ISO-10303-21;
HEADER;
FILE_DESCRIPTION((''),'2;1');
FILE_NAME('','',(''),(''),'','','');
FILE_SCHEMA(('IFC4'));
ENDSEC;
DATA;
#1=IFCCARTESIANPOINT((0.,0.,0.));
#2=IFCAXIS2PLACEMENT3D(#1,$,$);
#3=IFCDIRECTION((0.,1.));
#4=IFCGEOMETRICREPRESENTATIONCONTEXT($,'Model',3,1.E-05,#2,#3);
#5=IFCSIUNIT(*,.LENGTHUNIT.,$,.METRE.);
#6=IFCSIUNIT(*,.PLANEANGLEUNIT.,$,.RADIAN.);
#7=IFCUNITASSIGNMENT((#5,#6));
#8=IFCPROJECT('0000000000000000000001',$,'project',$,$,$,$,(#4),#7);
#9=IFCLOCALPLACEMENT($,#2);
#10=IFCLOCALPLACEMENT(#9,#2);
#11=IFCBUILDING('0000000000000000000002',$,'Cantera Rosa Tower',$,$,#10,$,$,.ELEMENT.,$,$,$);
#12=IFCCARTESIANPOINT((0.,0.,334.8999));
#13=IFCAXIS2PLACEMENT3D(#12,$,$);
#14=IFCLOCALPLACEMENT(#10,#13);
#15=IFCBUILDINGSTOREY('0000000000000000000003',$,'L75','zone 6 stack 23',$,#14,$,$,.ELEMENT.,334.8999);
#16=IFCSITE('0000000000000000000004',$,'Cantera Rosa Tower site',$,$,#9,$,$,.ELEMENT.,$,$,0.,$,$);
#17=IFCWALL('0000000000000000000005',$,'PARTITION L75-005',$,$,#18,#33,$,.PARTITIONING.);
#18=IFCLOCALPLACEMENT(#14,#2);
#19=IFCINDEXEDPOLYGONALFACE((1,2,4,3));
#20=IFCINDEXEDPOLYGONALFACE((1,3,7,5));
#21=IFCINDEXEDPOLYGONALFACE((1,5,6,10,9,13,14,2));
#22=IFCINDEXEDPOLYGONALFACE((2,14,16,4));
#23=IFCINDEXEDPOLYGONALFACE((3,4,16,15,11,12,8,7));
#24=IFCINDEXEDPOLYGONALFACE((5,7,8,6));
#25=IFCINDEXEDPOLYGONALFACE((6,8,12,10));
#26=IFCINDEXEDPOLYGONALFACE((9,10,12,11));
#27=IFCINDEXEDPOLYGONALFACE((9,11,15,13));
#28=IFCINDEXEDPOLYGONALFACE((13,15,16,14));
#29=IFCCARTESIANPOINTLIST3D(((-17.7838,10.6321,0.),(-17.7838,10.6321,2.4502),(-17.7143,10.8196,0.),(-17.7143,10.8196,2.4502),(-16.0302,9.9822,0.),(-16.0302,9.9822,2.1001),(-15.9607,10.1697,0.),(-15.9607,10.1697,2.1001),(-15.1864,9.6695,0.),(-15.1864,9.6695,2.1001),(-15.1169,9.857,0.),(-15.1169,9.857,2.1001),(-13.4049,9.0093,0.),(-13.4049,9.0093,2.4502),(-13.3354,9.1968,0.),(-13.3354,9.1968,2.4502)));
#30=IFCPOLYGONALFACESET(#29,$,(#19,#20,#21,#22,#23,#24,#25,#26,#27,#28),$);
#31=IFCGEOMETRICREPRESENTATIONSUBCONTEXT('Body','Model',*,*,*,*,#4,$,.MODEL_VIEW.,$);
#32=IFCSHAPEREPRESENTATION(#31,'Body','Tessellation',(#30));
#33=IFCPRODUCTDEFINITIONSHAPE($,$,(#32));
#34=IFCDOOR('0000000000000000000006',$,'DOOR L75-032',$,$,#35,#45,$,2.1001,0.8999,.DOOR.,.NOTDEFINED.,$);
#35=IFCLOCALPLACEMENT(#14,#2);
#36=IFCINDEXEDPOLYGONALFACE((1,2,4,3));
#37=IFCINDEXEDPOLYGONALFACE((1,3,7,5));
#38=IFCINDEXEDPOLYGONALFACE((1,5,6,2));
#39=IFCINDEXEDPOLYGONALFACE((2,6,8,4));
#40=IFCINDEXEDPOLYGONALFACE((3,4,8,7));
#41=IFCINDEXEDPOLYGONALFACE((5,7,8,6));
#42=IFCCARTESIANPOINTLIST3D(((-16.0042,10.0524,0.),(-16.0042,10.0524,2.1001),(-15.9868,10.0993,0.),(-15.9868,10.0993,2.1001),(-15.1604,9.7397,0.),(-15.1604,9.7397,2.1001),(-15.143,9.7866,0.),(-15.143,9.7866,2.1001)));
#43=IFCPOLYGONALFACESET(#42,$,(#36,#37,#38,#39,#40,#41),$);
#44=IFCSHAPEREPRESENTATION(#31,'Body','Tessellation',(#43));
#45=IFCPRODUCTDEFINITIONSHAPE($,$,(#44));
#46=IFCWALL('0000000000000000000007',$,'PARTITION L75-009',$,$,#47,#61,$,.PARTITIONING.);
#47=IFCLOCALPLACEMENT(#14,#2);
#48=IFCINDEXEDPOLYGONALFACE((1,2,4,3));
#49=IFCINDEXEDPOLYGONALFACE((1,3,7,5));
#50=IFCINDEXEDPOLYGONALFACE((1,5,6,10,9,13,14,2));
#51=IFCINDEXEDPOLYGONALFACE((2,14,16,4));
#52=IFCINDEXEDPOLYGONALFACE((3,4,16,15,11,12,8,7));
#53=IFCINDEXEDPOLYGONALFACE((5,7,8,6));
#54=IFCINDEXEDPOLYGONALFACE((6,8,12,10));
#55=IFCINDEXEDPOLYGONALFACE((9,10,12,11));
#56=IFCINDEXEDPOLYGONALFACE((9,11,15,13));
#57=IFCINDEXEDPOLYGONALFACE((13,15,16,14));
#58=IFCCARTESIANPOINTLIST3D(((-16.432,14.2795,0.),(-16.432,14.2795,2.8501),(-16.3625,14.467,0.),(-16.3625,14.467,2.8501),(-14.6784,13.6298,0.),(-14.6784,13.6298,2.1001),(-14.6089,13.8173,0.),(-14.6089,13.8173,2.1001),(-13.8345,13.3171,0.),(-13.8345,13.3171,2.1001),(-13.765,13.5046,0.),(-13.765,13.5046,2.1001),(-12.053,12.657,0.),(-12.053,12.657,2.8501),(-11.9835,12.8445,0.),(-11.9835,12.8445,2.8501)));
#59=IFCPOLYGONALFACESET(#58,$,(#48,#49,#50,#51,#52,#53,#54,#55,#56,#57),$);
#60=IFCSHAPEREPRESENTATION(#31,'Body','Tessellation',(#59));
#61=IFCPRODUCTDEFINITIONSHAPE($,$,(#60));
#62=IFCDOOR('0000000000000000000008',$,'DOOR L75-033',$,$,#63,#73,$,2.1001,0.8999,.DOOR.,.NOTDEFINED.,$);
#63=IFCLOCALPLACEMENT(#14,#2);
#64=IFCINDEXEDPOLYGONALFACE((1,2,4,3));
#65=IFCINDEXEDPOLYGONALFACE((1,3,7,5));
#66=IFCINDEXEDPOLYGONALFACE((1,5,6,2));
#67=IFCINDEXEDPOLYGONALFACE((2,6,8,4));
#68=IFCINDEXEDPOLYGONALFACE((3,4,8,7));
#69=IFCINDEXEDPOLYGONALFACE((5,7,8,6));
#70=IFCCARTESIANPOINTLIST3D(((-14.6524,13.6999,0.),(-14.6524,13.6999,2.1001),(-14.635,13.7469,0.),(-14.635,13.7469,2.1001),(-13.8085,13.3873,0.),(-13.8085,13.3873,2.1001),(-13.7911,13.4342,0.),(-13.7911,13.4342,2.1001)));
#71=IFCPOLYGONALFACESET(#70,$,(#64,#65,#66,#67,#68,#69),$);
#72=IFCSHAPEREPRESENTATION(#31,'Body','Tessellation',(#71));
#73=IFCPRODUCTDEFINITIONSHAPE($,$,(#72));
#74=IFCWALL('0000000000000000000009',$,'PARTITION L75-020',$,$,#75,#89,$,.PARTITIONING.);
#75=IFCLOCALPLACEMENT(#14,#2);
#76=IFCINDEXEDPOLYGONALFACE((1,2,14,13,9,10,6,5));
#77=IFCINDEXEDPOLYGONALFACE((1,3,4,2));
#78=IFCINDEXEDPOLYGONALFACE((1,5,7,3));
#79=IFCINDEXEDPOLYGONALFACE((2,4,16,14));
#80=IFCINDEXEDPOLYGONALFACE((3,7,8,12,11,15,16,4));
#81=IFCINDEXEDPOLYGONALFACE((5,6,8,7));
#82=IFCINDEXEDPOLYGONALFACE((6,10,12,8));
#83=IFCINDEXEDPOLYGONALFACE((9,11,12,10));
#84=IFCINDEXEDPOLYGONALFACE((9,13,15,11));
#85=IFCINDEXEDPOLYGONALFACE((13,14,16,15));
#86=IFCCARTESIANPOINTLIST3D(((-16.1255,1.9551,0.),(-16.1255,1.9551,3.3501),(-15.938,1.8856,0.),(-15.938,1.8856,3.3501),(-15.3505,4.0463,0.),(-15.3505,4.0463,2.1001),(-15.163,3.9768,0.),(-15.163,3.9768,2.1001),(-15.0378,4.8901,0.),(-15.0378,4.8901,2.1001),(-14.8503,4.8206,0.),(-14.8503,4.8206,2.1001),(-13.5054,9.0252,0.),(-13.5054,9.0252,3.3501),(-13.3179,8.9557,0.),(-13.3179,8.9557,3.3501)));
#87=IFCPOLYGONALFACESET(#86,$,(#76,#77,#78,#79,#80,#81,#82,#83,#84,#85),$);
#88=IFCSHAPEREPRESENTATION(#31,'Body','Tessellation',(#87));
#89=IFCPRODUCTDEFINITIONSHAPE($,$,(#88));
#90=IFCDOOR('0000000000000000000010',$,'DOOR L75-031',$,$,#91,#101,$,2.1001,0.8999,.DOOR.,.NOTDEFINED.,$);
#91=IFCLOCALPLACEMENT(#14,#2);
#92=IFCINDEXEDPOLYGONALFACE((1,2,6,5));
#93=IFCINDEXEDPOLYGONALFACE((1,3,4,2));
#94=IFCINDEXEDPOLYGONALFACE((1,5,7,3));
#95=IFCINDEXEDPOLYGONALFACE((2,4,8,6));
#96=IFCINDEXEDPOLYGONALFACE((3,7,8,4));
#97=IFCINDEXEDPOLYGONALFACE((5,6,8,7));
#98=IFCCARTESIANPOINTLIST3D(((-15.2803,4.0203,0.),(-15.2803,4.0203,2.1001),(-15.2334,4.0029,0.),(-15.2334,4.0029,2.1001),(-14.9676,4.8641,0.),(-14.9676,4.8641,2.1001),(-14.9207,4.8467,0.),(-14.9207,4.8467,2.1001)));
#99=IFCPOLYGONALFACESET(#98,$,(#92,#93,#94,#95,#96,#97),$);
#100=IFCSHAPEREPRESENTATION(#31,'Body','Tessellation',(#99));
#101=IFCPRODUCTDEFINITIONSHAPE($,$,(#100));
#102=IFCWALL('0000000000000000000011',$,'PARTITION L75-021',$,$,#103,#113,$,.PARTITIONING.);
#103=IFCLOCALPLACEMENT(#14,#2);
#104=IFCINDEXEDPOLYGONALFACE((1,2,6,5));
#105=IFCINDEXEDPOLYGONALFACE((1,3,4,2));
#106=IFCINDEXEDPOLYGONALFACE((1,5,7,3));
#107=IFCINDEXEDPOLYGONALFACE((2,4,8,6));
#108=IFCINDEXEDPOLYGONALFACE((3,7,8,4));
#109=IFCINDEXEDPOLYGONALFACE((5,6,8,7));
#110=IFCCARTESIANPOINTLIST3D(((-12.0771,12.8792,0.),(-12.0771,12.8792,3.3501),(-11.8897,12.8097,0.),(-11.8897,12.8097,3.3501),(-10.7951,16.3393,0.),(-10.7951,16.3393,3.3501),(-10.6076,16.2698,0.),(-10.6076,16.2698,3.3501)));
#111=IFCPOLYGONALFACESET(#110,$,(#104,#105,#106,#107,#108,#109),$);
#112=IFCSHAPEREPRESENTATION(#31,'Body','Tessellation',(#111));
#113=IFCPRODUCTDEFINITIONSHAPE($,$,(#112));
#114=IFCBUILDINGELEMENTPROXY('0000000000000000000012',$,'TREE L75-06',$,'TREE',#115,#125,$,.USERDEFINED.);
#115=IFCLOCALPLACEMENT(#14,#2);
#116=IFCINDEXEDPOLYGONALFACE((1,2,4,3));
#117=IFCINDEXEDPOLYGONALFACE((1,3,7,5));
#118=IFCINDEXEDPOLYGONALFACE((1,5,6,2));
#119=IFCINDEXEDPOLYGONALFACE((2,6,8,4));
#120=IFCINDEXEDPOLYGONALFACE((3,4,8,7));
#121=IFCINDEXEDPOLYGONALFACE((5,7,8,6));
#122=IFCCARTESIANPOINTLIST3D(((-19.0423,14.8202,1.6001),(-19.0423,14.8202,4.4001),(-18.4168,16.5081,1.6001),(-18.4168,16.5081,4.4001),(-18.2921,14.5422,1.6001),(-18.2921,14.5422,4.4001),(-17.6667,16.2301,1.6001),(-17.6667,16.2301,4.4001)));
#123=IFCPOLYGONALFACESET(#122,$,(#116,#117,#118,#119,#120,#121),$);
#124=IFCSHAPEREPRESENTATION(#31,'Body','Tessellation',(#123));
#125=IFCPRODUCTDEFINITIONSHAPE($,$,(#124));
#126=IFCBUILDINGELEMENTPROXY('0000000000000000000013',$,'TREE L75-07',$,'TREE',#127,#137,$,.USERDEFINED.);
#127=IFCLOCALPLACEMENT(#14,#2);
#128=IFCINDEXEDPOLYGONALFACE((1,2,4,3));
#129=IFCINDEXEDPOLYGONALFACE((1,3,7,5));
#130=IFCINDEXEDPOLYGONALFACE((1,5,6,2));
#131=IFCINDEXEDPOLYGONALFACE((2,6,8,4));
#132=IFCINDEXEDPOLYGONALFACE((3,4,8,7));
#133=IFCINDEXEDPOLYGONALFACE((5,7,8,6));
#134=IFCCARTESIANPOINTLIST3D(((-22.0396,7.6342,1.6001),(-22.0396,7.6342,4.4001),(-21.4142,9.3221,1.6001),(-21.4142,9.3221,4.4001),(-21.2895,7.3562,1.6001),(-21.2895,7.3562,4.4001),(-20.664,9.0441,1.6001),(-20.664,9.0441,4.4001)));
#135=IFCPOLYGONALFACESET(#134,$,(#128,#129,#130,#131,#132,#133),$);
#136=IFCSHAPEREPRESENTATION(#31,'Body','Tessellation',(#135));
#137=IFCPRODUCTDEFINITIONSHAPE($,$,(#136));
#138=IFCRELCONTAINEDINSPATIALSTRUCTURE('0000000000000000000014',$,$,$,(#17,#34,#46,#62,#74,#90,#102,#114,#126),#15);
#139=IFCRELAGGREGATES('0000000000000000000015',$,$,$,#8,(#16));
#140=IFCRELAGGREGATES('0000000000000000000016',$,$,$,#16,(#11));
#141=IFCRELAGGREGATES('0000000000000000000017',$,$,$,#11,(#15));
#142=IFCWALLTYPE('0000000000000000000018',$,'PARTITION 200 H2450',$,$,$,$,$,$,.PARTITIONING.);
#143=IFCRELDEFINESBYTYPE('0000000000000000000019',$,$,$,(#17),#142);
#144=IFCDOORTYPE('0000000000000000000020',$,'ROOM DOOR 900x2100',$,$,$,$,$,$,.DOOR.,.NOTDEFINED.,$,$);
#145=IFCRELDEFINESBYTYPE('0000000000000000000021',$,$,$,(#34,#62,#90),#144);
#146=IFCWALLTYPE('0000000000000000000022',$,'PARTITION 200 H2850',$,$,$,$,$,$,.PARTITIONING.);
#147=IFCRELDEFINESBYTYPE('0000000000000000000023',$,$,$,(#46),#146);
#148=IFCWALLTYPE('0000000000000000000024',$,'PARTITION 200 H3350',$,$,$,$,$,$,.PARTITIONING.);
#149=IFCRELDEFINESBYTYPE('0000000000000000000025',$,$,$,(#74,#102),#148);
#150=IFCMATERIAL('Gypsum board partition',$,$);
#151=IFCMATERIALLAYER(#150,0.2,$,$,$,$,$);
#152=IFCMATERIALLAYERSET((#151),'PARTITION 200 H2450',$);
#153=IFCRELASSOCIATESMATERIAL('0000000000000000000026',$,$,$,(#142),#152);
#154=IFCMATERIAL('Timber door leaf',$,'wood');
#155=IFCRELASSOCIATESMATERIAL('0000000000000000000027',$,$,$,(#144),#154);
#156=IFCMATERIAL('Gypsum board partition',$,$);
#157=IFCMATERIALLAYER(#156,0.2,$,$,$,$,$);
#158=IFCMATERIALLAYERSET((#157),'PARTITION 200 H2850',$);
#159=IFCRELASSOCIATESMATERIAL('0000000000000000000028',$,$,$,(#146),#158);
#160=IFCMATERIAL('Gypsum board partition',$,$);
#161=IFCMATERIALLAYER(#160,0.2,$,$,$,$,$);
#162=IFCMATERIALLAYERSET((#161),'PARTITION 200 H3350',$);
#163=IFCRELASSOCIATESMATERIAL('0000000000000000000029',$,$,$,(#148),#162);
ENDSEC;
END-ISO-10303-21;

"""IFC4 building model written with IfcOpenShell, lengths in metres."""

from ifc_helpers import new_model, si_unit, direction, frame, frame_2d, origin, origin_2d, place, context, subcontext, project, spatial, rectangle, extrude, material, layer, layer_set, type_object, element, fill, save


model = new_model("IFC4")

# Units and contexts
model_context = context("Model", 3, precision=1e-05, world=origin(), true_north=direction((0.0, 1.0)))
body_context = subcontext(model_context, "Body", "Model", "MODEL_VIEW")
ifc_project = project(units=[si_unit("LENGTHUNIT", "METRE"), si_unit("PLANEANGLEUNIT", "RADIAN")], contexts=[model_context])

# Site, building, storey
site_placement = place(None, origin())
site = spatial("IfcSite", under=ifc_project, at=site_placement, Name="Cantera Rosa Tower site", CompositionType="ELEMENT", RefElevation=0.0)
building_placement = place(site_placement, origin())
building = spatial("IfcBuilding", under=site, at=building_placement, Name="Cantera Rosa Tower", CompositionType="ELEMENT")
storey_placement = place(building_placement, frame((0.0, 0.0, 334.8999)))
storey = spatial("IfcBuildingStorey", under=building, at=storey_placement, Name="L75", Description="zone 6 stack 23", CompositionType="ELEMENT", Elevation=334.8999)

# Walls, openings, doors
ifc_material_1 = material(Name="Gypsum board partition")
ifc_layer_1 = layer(ifc_material_1, 0.2)
ifc_layer_set_1 = layer_set([ifc_layer_1], Name="PARTITION 200 H2450")
wall_type_1 = type_object("IfcWallType", Name="PARTITION 200 H2450", PredefinedType="PARTITIONING", material=ifc_layer_set_1)
wall_1_placement = place(storey_placement, frame((-17.749, 10.7258, 0.0), z_axis=(0.0, 0.0, 1.0), x_axis=(0.93768, -0.3475, 0.0)))
wall_1 = element("IfcWall", 1, at=wall_1_placement, inside=storey, type_object=wall_type_1, Name="PARTITION L75-005", PredefinedType="PARTITIONING", context=body_context, shape_type="SweptSolid", body=[
    extrude(rectangle(XDim=4.6699, YDim=0.2, at=frame_2d((2.335, 0.0))), origin(), (0.0, 0.0, 1.0), 2.4502),
])
opening_1_placement = place(wall_1_placement, frame((1.8701, 0.0, 0.0)))
opening_1 = element("IfcOpeningElement", 2, at=opening_1_placement, cuts=wall_1, PredefinedType="OPENING", context=body_context, shape_type="SweptSolid", body=[
    extrude(rectangle(XDim=0.8999, YDim=2.1001, at=frame_2d((0.45, 1.05))), frame((0.0, 0.1099, 0.0), z_axis=(0.0, -1.0, 0.0), x_axis=(1.0, 0.0, 0.0)), (0.0, 0.0, 1.0), 0.22),
])
ifc_material_2 = material(Name="Timber door leaf", Category="wood")
door_type_1 = type_object("IfcDoorType", Name="ROOM DOOR 900x2100", OperationType="NOTDEFINED", PredefinedType="DOOR", material=ifc_material_2)
door_1_placement = place(opening_1_placement, origin())
door_1 = element("IfcDoor", 3, at=door_1_placement, inside=storey, type_object=door_type_1, Name="DOOR L75-032", OperationType="NOTDEFINED", OverallHeight=2.1001, OverallWidth=0.8999, PredefinedType="DOOR", context=body_context, shape_type="SweptSolid", body=[
    extrude(rectangle(XDim=0.8999, YDim=2.1001, at=frame_2d((0.45, 1.05))), frame((0.0, 0.0249, 0.0), z_axis=(0.0, -1.0, 0.0), x_axis=(1.0, 0.0, 0.0)), (0.0, 0.0, 1.0), 0.05),
])
fill(opening_1, door_1)
ifc_material_3 = material(Name="Gypsum board partition")
ifc_layer_2 = layer(ifc_material_3, 0.2)
ifc_layer_set_2 = layer_set([ifc_layer_2], Name="PARTITION 200 H2850")
wall_type_2 = type_object("IfcWallType", Name="PARTITION 200 H2850", PredefinedType="PARTITIONING", material=ifc_layer_set_2)
wall_2_placement = place(storey_placement, frame((-16.3972, 14.3733, 0.0), z_axis=(0.0, 0.0, 1.0), x_axis=(0.937697, -0.347454, 0.0)))
wall_2 = element("IfcWall", 4, at=wall_2_placement, inside=storey, type_object=wall_type_2, Name="PARTITION L75-009", PredefinedType="PARTITIONING", context=body_context, shape_type="SweptSolid", body=[
    extrude(rectangle(XDim=4.6699, YDim=0.2, at=frame_2d((2.335, 0.0))), origin(), (0.0, 0.0, 1.0), 2.8501),
])
opening_2_placement = place(wall_2_placement, frame((1.8701, 0.0, 0.0)))
opening_2 = element("IfcOpeningElement", 5, at=opening_2_placement, cuts=wall_2, PredefinedType="OPENING", context=body_context, shape_type="SweptSolid", body=[
    extrude(rectangle(XDim=0.8999, YDim=2.1001, at=frame_2d((0.45, 1.05))), frame((0.0, 0.1099, 0.0), z_axis=(0.0, -1.0, 0.0), x_axis=(1.0, 0.0, 0.0)), (0.0, 0.0, 1.0), 0.22),
])
door_2_placement = place(opening_2_placement, origin())
door_2 = element("IfcDoor", 6, at=door_2_placement, inside=storey, type_object=door_type_1, Name="DOOR L75-033", OperationType="NOTDEFINED", OverallHeight=2.1001, OverallWidth=0.8999, PredefinedType="DOOR", context=body_context, shape_type="SweptSolid", body=[
    extrude(rectangle(XDim=0.8999, YDim=2.1001, at=frame_2d((0.45, 1.05))), frame((0.0, 0.0249, 0.0), z_axis=(0.0, -1.0, 0.0), x_axis=(1.0, 0.0, 0.0)), (0.0, 0.0, 1.0), 0.05),
])
fill(opening_2, door_2)
ifc_material_4 = material(Name="Gypsum board partition")
ifc_layer_3 = layer(ifc_material_4, 0.2)
ifc_layer_set_3 = layer_set([ifc_layer_3], Name="PARTITION 200 H3350")
wall_type_3 = type_object("IfcWallType", Name="PARTITION 200 H3350", PredefinedType="PARTITIONING", material=ifc_layer_set_3)
wall_3_placement = place(storey_placement, frame((-13.4116, 8.9905, 0.0), z_axis=(0.0, 0.0, 1.0), x_axis=(-0.347498, -0.937681, 0.0)))
wall_3 = element("IfcWall", 7, at=wall_3_placement, inside=storey, type_object=wall_type_3, Name="PARTITION L75-020", PredefinedType="PARTITIONING", context=body_context, shape_type="SweptSolid", body=[
    extrude(rectangle(XDim=7.54, YDim=0.2, at=frame_2d((3.77, 0.0))), origin(), (0.0, 0.0, 1.0), 3.3501),
])
opening_3_placement = place(wall_3_placement, frame((4.4099, 0.0, 0.0)))
opening_3 = element("IfcOpeningElement", 8, at=opening_3_placement, cuts=wall_3, PredefinedType="OPENING", context=body_context, shape_type="SweptSolid", body=[
    extrude(rectangle(XDim=0.8999, YDim=2.1001, at=frame_2d((0.45, 1.05))), frame((0.0, 0.1099, 0.0), z_axis=(0.0, -1.0, 0.0), x_axis=(1.0, 0.0, 0.0)), (0.0, 0.0, 1.0), 0.22),
])
door_3_placement = place(opening_3_placement, origin())
door_3 = element("IfcDoor", 9, at=door_3_placement, inside=storey, type_object=door_type_1, Name="DOOR L75-031", OperationType="NOTDEFINED", OverallHeight=2.1001, OverallWidth=0.8999, PredefinedType="DOOR", context=body_context, shape_type="SweptSolid", body=[
    extrude(rectangle(XDim=0.8999, YDim=2.1001, at=frame_2d((0.45, 1.05))), frame((0.0, 0.0249, 0.0), z_axis=(0.0, -1.0, 0.0), x_axis=(1.0, 0.0, 0.0)), (0.0, 0.0, 1.0), 0.05),
])
fill(opening_3, door_3)

# Wall
wall_4_placement = place(storey_placement, frame((-11.9834, 12.8445, 0.0), z_axis=(0.0, 0.0, 1.0), x_axis=(0.347437, 0.937703, 0.0)))
element("IfcWall", 10, at=wall_4_placement, inside=storey, type_object=wall_type_3, Name="PARTITION L75-021", PredefinedType="PARTITIONING", context=body_context, shape_type="SweptSolid", body=[
    extrude(rectangle(XDim=3.6899, YDim=0.2, at=frame_2d((1.845, 0.0))), origin(), (0.0, 0.0, 1.0), 3.3501),
])

# Building element proxies
for number, where, z_axis, x_axis, name in (
    (11, (-18.3545, 15.5251, 1.6001), (0.0, 0.0, 1.0), (-0.347481, -0.937687, 0.0), "TREE L75-06"),
    (12, (-21.3518, 8.3391, 1.6001), (0.0, 0.0, 1.0), (-0.347481, -0.937687, 0.0), "TREE L75-07"),
):
    element("IfcBuildingElementProxy", number, at=place(storey_placement, frame(where, z_axis=z_axis, x_axis=x_axis)), inside=storey, Name=name, ObjectType="TREE", PredefinedType="USERDEFINED", context=body_context, shape_type="SweptSolid", body=[
        extrude(rectangle(XDim=1.8, YDim=0.8, at=origin_2d()), origin(), (0.0, 0.0, 1.0), 2.8),
    ])

save(model, "model.ifc")
